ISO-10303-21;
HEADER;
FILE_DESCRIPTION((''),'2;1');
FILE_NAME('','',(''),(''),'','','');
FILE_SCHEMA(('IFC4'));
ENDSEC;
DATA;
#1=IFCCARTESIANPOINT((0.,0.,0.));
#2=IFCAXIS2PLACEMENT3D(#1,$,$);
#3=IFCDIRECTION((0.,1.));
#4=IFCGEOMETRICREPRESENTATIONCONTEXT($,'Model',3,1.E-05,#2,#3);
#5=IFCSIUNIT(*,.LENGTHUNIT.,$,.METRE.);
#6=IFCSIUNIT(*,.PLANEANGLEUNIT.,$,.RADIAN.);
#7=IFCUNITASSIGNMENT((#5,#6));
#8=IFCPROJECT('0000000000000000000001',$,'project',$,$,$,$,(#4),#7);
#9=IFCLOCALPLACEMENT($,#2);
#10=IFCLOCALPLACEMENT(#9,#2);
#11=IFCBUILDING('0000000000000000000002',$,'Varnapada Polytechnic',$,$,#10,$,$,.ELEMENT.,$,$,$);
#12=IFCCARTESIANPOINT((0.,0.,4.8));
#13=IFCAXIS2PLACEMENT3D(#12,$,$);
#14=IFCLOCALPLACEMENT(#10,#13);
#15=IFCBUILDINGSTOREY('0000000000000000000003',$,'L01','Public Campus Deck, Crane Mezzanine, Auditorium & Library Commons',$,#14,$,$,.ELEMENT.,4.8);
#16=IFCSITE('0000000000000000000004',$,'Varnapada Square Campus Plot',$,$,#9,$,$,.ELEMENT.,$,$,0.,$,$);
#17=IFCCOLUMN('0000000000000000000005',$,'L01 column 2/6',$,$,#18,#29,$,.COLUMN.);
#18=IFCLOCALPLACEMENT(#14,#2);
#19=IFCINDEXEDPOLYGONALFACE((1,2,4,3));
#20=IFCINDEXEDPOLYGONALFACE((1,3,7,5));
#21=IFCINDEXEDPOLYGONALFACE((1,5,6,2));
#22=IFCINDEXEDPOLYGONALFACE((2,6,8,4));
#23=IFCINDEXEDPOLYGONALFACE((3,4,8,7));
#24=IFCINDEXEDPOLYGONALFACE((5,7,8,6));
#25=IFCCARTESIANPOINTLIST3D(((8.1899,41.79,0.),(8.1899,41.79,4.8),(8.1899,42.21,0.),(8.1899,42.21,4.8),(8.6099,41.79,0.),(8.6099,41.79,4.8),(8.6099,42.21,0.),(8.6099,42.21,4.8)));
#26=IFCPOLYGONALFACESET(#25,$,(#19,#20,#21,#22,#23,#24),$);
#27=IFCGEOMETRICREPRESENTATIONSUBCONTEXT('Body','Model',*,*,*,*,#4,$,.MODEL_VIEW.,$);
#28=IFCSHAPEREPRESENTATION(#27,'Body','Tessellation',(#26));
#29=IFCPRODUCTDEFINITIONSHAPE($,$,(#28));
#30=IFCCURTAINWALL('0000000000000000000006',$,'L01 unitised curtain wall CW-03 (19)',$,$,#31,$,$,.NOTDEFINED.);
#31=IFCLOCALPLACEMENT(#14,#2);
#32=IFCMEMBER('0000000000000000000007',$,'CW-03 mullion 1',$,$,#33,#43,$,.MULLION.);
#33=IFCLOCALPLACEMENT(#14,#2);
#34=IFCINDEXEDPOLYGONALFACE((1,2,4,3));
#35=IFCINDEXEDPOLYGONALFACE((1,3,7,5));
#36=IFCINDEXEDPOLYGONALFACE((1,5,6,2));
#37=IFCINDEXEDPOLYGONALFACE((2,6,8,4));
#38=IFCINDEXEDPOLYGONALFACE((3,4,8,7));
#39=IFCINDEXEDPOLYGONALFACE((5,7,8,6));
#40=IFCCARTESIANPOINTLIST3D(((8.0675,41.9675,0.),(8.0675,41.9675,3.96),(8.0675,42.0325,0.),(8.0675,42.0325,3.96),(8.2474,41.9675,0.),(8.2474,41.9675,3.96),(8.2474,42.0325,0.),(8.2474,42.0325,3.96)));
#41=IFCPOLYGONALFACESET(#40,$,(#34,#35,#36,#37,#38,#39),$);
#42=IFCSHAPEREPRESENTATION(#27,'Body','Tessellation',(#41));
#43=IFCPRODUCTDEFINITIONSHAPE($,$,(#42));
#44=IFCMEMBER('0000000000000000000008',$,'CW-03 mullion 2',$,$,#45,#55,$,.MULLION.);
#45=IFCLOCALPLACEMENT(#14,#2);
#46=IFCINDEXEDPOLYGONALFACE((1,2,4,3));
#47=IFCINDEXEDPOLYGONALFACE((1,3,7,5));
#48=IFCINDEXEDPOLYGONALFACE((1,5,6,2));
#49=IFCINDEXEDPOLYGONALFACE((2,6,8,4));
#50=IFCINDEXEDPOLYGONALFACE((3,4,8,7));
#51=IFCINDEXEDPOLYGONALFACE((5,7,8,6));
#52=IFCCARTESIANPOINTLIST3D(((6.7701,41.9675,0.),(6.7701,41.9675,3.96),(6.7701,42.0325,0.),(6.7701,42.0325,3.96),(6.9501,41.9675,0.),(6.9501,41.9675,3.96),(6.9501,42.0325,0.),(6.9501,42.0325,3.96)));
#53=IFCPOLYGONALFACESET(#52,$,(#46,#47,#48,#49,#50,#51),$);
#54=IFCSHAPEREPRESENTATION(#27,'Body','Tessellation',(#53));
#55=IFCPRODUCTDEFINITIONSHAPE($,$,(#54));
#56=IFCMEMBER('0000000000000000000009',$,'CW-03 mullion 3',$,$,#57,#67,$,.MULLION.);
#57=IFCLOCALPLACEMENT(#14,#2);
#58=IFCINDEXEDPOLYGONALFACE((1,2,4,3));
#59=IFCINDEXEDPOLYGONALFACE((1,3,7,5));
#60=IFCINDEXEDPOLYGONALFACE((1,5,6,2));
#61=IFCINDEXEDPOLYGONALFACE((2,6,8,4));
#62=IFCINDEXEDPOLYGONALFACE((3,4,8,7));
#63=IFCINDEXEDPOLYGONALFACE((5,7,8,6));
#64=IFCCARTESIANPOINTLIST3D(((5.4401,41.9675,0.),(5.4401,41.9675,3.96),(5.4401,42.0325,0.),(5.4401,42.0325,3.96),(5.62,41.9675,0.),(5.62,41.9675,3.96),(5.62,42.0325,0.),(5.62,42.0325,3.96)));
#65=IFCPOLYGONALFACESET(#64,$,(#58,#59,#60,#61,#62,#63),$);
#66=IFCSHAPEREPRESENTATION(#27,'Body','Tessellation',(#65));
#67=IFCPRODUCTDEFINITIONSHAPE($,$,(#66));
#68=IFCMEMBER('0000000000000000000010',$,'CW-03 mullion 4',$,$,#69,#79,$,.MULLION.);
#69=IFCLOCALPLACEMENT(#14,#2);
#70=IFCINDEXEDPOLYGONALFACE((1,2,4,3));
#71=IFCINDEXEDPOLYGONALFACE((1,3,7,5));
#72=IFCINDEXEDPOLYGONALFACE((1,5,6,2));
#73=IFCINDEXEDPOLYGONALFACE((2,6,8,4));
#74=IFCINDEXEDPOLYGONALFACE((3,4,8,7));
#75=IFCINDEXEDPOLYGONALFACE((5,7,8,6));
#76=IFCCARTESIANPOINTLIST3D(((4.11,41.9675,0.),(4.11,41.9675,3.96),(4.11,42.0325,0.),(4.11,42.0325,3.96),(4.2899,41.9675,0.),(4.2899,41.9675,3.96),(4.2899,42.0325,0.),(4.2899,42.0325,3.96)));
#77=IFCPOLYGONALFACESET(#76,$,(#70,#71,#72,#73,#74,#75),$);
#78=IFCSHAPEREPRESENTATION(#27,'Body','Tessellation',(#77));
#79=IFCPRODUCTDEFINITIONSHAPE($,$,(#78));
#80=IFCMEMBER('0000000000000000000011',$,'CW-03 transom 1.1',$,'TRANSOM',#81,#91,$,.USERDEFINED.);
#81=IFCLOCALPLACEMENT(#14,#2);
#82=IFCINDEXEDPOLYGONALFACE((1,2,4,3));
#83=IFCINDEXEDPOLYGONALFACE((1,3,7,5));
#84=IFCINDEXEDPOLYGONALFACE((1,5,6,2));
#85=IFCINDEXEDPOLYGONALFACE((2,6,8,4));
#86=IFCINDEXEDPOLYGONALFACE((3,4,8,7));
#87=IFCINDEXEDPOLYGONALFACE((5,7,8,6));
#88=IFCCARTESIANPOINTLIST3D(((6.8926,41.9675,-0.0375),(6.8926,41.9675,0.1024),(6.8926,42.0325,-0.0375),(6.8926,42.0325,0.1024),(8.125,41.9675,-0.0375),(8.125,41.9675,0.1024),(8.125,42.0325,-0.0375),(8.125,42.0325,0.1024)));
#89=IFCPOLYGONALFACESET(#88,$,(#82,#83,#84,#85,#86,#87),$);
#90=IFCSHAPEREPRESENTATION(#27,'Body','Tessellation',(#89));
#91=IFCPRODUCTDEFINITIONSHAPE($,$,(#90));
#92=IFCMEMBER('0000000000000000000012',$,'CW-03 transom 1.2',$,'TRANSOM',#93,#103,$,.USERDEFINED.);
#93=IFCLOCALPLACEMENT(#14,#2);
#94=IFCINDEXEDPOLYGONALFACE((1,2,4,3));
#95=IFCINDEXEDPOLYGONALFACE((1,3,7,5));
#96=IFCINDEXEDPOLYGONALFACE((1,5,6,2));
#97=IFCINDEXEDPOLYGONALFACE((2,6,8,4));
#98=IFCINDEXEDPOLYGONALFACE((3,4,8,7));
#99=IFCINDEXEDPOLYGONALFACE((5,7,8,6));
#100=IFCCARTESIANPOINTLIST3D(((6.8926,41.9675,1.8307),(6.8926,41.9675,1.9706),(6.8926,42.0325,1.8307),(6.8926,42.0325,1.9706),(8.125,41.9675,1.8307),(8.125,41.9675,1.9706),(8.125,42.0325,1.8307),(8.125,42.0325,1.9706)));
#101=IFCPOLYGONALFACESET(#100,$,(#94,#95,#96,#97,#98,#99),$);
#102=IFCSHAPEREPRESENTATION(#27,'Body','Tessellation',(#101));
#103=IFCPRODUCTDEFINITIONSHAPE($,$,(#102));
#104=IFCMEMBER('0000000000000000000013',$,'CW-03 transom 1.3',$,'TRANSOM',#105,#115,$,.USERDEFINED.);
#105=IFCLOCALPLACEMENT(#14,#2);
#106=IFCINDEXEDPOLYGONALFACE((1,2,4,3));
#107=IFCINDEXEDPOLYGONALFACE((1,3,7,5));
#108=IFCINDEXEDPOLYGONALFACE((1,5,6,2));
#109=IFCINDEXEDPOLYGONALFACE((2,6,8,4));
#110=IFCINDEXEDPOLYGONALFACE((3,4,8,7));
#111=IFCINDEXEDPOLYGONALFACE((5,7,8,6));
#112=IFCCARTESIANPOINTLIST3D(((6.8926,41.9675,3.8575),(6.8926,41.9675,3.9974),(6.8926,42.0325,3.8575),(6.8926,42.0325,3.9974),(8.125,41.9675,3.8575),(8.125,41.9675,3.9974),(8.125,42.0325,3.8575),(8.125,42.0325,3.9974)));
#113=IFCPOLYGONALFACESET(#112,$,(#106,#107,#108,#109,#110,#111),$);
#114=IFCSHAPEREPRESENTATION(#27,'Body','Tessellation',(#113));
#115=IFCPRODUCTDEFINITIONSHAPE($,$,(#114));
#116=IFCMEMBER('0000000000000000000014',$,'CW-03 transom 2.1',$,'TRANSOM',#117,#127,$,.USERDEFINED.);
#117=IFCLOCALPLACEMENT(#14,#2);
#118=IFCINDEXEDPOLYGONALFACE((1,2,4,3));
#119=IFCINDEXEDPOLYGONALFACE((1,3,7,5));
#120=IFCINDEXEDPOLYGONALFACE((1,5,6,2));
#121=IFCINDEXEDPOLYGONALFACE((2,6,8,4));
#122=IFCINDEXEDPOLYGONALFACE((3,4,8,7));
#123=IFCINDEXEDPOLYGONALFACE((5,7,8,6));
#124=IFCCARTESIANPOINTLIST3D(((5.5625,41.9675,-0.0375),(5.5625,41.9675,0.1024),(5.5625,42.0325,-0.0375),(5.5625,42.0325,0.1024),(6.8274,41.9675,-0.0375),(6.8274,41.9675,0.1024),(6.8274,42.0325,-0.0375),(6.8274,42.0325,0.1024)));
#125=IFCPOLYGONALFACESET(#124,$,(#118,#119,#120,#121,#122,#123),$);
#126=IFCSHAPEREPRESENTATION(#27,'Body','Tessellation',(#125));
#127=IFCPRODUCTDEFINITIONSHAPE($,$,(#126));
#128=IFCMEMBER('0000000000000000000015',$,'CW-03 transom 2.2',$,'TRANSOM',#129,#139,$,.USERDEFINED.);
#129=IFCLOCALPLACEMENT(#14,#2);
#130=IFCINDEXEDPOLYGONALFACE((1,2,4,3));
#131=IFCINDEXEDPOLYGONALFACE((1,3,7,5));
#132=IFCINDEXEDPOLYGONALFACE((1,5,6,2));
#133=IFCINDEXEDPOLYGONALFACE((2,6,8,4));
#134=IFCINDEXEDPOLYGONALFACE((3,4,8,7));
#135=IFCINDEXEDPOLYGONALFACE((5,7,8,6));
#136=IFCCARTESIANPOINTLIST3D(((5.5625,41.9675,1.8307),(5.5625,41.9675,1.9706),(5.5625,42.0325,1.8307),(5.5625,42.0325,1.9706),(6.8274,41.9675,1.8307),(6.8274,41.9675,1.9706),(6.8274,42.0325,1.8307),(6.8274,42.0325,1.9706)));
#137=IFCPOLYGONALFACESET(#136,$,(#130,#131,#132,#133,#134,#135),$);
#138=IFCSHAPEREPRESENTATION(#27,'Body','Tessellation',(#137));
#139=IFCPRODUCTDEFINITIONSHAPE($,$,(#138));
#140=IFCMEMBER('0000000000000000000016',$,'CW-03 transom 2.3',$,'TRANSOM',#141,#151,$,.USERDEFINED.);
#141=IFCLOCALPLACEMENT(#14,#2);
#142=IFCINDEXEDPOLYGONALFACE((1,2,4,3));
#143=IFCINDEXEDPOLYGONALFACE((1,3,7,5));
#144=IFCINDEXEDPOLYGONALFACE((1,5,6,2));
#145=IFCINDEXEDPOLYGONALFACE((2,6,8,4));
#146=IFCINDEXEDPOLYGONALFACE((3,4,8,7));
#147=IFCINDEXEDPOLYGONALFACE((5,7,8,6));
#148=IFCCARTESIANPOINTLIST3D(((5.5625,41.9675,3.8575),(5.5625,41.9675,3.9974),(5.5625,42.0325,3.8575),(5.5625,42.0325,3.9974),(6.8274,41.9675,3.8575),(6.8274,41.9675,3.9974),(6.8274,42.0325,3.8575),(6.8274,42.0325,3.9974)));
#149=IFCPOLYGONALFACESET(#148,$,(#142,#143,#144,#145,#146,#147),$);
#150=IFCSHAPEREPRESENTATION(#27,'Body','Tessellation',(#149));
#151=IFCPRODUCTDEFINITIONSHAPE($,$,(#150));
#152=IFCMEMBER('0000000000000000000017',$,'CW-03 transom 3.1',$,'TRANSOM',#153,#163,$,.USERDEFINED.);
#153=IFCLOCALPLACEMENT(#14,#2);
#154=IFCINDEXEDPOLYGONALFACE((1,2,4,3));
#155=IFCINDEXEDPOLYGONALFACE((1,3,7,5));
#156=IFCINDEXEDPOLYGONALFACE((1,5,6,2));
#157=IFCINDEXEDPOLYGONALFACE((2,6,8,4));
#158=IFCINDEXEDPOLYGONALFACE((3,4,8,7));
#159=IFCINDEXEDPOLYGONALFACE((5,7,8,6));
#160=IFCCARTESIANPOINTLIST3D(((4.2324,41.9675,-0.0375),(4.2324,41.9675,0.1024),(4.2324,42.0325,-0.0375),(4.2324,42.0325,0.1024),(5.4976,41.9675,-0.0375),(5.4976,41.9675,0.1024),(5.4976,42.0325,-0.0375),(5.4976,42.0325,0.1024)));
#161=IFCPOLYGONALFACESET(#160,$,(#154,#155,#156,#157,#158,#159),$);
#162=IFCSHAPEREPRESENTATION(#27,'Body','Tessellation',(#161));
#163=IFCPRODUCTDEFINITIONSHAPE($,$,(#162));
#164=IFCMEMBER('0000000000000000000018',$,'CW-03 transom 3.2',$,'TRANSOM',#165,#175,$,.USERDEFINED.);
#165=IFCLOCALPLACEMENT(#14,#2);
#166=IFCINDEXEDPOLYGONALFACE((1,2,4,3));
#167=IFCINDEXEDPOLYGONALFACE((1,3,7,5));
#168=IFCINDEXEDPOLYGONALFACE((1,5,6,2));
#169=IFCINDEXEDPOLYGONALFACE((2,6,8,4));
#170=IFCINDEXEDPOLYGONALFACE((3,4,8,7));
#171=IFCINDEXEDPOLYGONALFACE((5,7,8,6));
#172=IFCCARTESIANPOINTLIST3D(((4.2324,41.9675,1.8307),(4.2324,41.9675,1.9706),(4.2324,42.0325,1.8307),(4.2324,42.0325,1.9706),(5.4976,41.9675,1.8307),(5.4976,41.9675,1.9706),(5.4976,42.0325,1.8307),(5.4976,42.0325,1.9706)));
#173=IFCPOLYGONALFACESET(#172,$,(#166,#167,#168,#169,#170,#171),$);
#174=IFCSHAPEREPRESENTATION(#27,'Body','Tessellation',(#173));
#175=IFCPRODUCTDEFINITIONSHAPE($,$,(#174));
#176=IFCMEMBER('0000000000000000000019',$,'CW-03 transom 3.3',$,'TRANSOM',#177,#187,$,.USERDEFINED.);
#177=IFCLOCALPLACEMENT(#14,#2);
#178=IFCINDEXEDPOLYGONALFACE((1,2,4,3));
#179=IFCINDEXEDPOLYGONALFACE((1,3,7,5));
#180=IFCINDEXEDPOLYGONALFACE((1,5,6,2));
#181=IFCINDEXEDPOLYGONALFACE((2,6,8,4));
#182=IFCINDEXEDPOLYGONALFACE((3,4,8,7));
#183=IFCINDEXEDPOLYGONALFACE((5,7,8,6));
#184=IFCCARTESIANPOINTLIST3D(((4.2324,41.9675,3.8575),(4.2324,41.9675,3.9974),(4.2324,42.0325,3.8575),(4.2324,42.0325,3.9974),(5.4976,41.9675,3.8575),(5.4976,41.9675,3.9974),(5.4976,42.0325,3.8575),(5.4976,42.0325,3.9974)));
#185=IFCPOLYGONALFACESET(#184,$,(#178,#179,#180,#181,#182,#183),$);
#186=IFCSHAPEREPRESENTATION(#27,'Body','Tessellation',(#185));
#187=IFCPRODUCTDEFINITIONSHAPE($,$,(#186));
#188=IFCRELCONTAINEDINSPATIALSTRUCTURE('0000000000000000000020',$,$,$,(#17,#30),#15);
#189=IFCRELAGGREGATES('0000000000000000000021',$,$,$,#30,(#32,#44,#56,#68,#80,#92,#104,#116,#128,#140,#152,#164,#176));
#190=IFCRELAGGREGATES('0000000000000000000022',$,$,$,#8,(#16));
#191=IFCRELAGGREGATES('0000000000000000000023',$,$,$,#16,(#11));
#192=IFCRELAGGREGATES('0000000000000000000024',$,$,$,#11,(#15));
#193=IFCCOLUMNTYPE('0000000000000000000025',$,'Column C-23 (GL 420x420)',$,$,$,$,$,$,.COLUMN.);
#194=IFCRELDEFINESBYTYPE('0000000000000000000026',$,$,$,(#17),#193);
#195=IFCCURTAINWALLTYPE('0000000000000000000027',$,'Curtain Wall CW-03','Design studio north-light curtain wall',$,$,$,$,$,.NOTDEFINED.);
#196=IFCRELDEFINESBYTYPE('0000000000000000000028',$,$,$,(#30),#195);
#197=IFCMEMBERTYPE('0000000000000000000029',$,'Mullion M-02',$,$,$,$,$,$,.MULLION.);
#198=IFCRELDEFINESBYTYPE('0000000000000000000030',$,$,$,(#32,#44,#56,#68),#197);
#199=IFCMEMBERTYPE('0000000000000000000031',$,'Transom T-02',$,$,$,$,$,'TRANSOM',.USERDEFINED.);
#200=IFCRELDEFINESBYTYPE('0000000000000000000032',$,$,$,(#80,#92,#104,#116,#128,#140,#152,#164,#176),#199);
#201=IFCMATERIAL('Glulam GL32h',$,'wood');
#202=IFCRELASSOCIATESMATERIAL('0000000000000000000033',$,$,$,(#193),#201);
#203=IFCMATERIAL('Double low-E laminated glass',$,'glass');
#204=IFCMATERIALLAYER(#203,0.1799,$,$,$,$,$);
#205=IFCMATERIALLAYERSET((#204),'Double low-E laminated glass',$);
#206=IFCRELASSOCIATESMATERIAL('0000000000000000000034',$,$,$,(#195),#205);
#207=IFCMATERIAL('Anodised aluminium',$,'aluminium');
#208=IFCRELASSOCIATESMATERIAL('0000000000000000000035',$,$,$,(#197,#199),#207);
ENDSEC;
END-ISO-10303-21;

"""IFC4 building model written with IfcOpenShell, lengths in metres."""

from ifc_helpers import new_model, si_unit, direction, frame, origin, origin_2d, place, context, subcontext, project, spatial, rectangle, extrude, material, layer, layer_set, material_profile, profile_set, type_object, element, aggregate, save


model = new_model("IFC4")

# Units and contexts
model_context = context("Model", 3, precision=1e-05, world=origin(), true_north=direction((0.0, 1.0)))
body_context = subcontext(model_context, "Body", "Model", "MODEL_VIEW")
ifc_project = project(units=[si_unit("LENGTHUNIT", "METRE"), si_unit("PLANEANGLEUNIT", "RADIAN")], contexts=[model_context])

# Site, building, storey
site_placement = place(None, origin())
site = spatial("IfcSite", under=ifc_project, at=site_placement, Name="Varnapada Square Campus Plot", CompositionType="ELEMENT", RefElevation=0.0)
building_placement = place(site_placement, origin())
building = spatial("IfcBuilding", under=site, at=building_placement, Name="Varnapada Polytechnic", CompositionType="ELEMENT")
storey_placement = place(building_placement, frame((0.0, 0.0, 4.8)))
storey = spatial("IfcBuildingStorey", under=building, at=storey_placement, Name="L01", Description="Public Campus Deck, Crane Mezzanine, Auditorium & Library Commons", CompositionType="ELEMENT", Elevation=4.8)

# Column
ifc_material_1 = material(Name="Glulam GL32h", Category="wood")
ifc_material_profile_1 = material_profile(ifc_material_1, rectangle(XDim=0.4199, YDim=0.4199, at=origin_2d()), Name="GL 420x420")
ifc_profile_set_1 = profile_set([ifc_material_profile_1], Name="Glulam GL32h")
column_type = type_object("IfcColumnType", Name="Column C-23 (GL 420x420)", PredefinedType="COLUMN", material=ifc_profile_set_1)
column_placement = place(storey_placement, frame((8.3999, 42.0, 0.0), z_axis=(0.0, 0.0, 1.0), x_axis=(1.0, 0.0, 0.0)))
element("IfcColumn", 1, at=column_placement, inside=storey, type_object=column_type, Name="L01 column 2/6", PredefinedType="COLUMN", context=body_context, shape_type="SweptSolid", body=[
    extrude(rectangle(XDim=0.4199, YDim=0.4199, at=origin_2d()), origin(), (0.0, 0.0, 1.0), 4.8),
])

# Curtain wall, members
ifc_material_2 = material(Name="Double low-E laminated glass", Category="glass")
ifc_layer_1 = layer(ifc_material_2, 0.1799)
ifc_layer_set_1 = layer_set([ifc_layer_1], Name="Double low-E laminated glass")
curtain_wall_type = type_object("IfcCurtainWallType", Name="Curtain Wall CW-03", Description="Design studio north-light curtain wall", PredefinedType="NOTDEFINED", material=ifc_layer_set_1)
curtain_wall_placement = place(storey_placement, origin())
curtain_wall = element("IfcCurtainWall", 2, at=curtain_wall_placement, inside=storey, type_object=curtain_wall_type, Name="L01 unitised curtain wall CW-03 (19)", PredefinedType="NOTDEFINED")
ifc_material_3 = material(Name="Anodised aluminium", Category="aluminium")
ifc_material_profile_2 = material_profile(ifc_material_3, rectangle(XDim=0.0649, YDim=0.1799, at=origin_2d()), Name="ALU M65x180")
ifc_profile_set_2 = profile_set([ifc_material_profile_2], Name="Anodised aluminium")
member_type_1 = type_object("IfcMemberType", Name="Mullion M-02", PredefinedType="MULLION", material=ifc_profile_set_2)
member_1_placement = place(storey_placement, frame((8.1575, 42.0, 0.0), z_axis=(0.0, 0.0, 1.0), x_axis=(0.0, -1.0, 0.0)))
member_1 = element("IfcMember", 3, at=member_1_placement, type_object=member_type_1, Name="CW-03 mullion 1", PredefinedType="MULLION", context=body_context, shape_type="SweptSolid", body=[
    extrude(rectangle(XDim=0.0649, YDim=0.1799, at=origin_2d()), origin(), (0.0, 0.0, 1.0), 3.96),
])
member_2_placement = place(storey_placement, frame((6.8601, 42.0, 0.0), z_axis=(0.0, 0.0, 1.0), x_axis=(0.0, -1.0, 0.0)))
member_2 = element("IfcMember", 4, at=member_2_placement, type_object=member_type_1, Name="CW-03 mullion 2", PredefinedType="MULLION", context=body_context, shape_type="SweptSolid", body=[
    extrude(rectangle(XDim=0.0649, YDim=0.1799, at=origin_2d()), origin(), (0.0, 0.0, 1.0), 3.96),
])
member_3_placement = place(storey_placement, frame((5.53, 42.0, 0.0), z_axis=(0.0, 0.0, 1.0), x_axis=(0.0, -1.0, 0.0)))
member_3 = element("IfcMember", 5, at=member_3_placement, type_object=member_type_1, Name="CW-03 mullion 3", PredefinedType="MULLION", context=body_context, shape_type="SweptSolid", body=[
    extrude(rectangle(XDim=0.0649, YDim=0.1799, at=origin_2d()), origin(), (0.0, 0.0, 1.0), 3.96),
])
member_4_placement = place(storey_placement, frame((4.2, 42.0, 0.0), z_axis=(0.0, 0.0, 1.0), x_axis=(0.0, -1.0, 0.0)))
member_4 = element("IfcMember", 6, at=member_4_placement, type_object=member_type_1, Name="CW-03 mullion 4", PredefinedType="MULLION", context=body_context, shape_type="SweptSolid", body=[
    extrude(rectangle(XDim=0.0649, YDim=0.1799, at=origin_2d()), origin(), (0.0, 0.0, 1.0), 3.96),
])
ifc_material_profile_3 = material_profile(ifc_material_3, rectangle(XDim=0.0649, YDim=0.1399, at=origin_2d()), Name="ALU T65x140")
ifc_profile_set_3 = profile_set([ifc_material_profile_3], Name="Anodised aluminium")
member_type_2 = type_object("IfcMemberType", Name="Transom T-02", ElementType="TRANSOM", PredefinedType="USERDEFINED", material=ifc_profile_set_3)
member_5_placement = place(storey_placement, frame((8.125, 42.0, 0.0325), z_axis=(-1.0, 0.0, 0.0), x_axis=(0.0, -1.0, 0.0)))
member_5 = element("IfcMember", 7, at=member_5_placement, type_object=member_type_2, Name="CW-03 transom 1.1", ObjectType="TRANSOM", PredefinedType="USERDEFINED", context=body_context, shape_type="SweptSolid", body=[
    extrude(rectangle(XDim=0.0649, YDim=0.1399, at=origin_2d()), origin(), (0.0, 0.0, 1.0), 1.2324),
])
member_6_placement = place(storey_placement, frame((8.125, 42.0, 1.9006), z_axis=(-1.0, 0.0, 0.0), x_axis=(0.0, -1.0, 0.0)))
member_6 = element("IfcMember", 8, at=member_6_placement, type_object=member_type_2, Name="CW-03 transom 1.2", ObjectType="TRANSOM", PredefinedType="USERDEFINED", context=body_context, shape_type="SweptSolid", body=[
    extrude(rectangle(XDim=0.0649, YDim=0.1399, at=origin_2d()), origin(), (0.0, 0.0, 1.0), 1.2324),
])
member_7_placement = place(storey_placement, frame((8.125, 42.0, 3.9275), z_axis=(-1.0, 0.0, 0.0), x_axis=(0.0, -1.0, 0.0)))
member_7 = element("IfcMember", 9, at=member_7_placement, type_object=member_type_2, Name="CW-03 transom 1.3", ObjectType="TRANSOM", PredefinedType="USERDEFINED", context=body_context, shape_type="SweptSolid", body=[
    extrude(rectangle(XDim=0.0649, YDim=0.1399, at=origin_2d()), origin(), (0.0, 0.0, 1.0), 1.2324),
])
member_8_placement = place(storey_placement, frame((6.8274, 42.0, 0.0325), z_axis=(-1.0, 0.0, 0.0), x_axis=(0.0, -1.0, 0.0)))
member_8 = element("IfcMember", 10, at=member_8_placement, type_object=member_type_2, Name="CW-03 transom 2.1", ObjectType="TRANSOM", PredefinedType="USERDEFINED", context=body_context, shape_type="SweptSolid", body=[
    extrude(rectangle(XDim=0.0649, YDim=0.1399, at=origin_2d()), origin(), (0.0, 0.0, 1.0), 1.2649),
])
member_9_placement = place(storey_placement, frame((6.8274, 42.0, 1.9006), z_axis=(-1.0, 0.0, 0.0), x_axis=(0.0, -1.0, 0.0)))
member_9 = element("IfcMember", 11, at=member_9_placement, type_object=member_type_2, Name="CW-03 transom 2.2", ObjectType="TRANSOM", PredefinedType="USERDEFINED", context=body_context, shape_type="SweptSolid", body=[
    extrude(rectangle(XDim=0.0649, YDim=0.1399, at=origin_2d()), origin(), (0.0, 0.0, 1.0), 1.2649),
])
member_10_placement = place(storey_placement, frame((6.8274, 42.0, 3.9275), z_axis=(-1.0, 0.0, 0.0), x_axis=(0.0, -1.0, 0.0)))
member_10 = element("IfcMember", 12, at=member_10_placement, type_object=member_type_2, Name="CW-03 transom 2.3", ObjectType="TRANSOM", PredefinedType="USERDEFINED", context=body_context, shape_type="SweptSolid", body=[
    extrude(rectangle(XDim=0.0649, YDim=0.1399, at=origin_2d()), origin(), (0.0, 0.0, 1.0), 1.2649),
])
member_11_placement = place(storey_placement, frame((5.4976, 42.0, 0.0325), z_axis=(-1.0, 0.0, 0.0), x_axis=(0.0, -1.0, 0.0)))
member_11 = element("IfcMember", 13, at=member_11_placement, type_object=member_type_2, Name="CW-03 transom 3.1", ObjectType="TRANSOM", PredefinedType="USERDEFINED", context=body_context, shape_type="SweptSolid", body=[
    extrude(rectangle(XDim=0.0649, YDim=0.1399, at=origin_2d()), origin(), (0.0, 0.0, 1.0), 1.2651),
])
member_12_placement = place(storey_placement, frame((5.4976, 42.0, 1.9006), z_axis=(-1.0, 0.0, 0.0), x_axis=(0.0, -1.0, 0.0)))
member_12 = element("IfcMember", 14, at=member_12_placement, type_object=member_type_2, Name="CW-03 transom 3.2", ObjectType="TRANSOM", PredefinedType="USERDEFINED", context=body_context, shape_type="SweptSolid", body=[
    extrude(rectangle(XDim=0.0649, YDim=0.1399, at=origin_2d()), origin(), (0.0, 0.0, 1.0), 1.2651),
])
member_13_placement = place(storey_placement, frame((5.4976, 42.0, 3.9275), z_axis=(-1.0, 0.0, 0.0), x_axis=(0.0, -1.0, 0.0)))
member_13 = element("IfcMember", 15, at=member_13_placement, type_object=member_type_2, Name="CW-03 transom 3.3", ObjectType="TRANSOM", PredefinedType="USERDEFINED", context=body_context, shape_type="SweptSolid", body=[
    extrude(rectangle(XDim=0.0649, YDim=0.1399, at=origin_2d()), origin(), (0.0, 0.0, 1.0), 1.2651),
])
aggregate(curtain_wall, [member_1, member_2, member_3, member_4, member_5, member_6, member_7, member_8, member_9, member_10, member_11, member_12, member_13])

save(model, "model.ifc")
